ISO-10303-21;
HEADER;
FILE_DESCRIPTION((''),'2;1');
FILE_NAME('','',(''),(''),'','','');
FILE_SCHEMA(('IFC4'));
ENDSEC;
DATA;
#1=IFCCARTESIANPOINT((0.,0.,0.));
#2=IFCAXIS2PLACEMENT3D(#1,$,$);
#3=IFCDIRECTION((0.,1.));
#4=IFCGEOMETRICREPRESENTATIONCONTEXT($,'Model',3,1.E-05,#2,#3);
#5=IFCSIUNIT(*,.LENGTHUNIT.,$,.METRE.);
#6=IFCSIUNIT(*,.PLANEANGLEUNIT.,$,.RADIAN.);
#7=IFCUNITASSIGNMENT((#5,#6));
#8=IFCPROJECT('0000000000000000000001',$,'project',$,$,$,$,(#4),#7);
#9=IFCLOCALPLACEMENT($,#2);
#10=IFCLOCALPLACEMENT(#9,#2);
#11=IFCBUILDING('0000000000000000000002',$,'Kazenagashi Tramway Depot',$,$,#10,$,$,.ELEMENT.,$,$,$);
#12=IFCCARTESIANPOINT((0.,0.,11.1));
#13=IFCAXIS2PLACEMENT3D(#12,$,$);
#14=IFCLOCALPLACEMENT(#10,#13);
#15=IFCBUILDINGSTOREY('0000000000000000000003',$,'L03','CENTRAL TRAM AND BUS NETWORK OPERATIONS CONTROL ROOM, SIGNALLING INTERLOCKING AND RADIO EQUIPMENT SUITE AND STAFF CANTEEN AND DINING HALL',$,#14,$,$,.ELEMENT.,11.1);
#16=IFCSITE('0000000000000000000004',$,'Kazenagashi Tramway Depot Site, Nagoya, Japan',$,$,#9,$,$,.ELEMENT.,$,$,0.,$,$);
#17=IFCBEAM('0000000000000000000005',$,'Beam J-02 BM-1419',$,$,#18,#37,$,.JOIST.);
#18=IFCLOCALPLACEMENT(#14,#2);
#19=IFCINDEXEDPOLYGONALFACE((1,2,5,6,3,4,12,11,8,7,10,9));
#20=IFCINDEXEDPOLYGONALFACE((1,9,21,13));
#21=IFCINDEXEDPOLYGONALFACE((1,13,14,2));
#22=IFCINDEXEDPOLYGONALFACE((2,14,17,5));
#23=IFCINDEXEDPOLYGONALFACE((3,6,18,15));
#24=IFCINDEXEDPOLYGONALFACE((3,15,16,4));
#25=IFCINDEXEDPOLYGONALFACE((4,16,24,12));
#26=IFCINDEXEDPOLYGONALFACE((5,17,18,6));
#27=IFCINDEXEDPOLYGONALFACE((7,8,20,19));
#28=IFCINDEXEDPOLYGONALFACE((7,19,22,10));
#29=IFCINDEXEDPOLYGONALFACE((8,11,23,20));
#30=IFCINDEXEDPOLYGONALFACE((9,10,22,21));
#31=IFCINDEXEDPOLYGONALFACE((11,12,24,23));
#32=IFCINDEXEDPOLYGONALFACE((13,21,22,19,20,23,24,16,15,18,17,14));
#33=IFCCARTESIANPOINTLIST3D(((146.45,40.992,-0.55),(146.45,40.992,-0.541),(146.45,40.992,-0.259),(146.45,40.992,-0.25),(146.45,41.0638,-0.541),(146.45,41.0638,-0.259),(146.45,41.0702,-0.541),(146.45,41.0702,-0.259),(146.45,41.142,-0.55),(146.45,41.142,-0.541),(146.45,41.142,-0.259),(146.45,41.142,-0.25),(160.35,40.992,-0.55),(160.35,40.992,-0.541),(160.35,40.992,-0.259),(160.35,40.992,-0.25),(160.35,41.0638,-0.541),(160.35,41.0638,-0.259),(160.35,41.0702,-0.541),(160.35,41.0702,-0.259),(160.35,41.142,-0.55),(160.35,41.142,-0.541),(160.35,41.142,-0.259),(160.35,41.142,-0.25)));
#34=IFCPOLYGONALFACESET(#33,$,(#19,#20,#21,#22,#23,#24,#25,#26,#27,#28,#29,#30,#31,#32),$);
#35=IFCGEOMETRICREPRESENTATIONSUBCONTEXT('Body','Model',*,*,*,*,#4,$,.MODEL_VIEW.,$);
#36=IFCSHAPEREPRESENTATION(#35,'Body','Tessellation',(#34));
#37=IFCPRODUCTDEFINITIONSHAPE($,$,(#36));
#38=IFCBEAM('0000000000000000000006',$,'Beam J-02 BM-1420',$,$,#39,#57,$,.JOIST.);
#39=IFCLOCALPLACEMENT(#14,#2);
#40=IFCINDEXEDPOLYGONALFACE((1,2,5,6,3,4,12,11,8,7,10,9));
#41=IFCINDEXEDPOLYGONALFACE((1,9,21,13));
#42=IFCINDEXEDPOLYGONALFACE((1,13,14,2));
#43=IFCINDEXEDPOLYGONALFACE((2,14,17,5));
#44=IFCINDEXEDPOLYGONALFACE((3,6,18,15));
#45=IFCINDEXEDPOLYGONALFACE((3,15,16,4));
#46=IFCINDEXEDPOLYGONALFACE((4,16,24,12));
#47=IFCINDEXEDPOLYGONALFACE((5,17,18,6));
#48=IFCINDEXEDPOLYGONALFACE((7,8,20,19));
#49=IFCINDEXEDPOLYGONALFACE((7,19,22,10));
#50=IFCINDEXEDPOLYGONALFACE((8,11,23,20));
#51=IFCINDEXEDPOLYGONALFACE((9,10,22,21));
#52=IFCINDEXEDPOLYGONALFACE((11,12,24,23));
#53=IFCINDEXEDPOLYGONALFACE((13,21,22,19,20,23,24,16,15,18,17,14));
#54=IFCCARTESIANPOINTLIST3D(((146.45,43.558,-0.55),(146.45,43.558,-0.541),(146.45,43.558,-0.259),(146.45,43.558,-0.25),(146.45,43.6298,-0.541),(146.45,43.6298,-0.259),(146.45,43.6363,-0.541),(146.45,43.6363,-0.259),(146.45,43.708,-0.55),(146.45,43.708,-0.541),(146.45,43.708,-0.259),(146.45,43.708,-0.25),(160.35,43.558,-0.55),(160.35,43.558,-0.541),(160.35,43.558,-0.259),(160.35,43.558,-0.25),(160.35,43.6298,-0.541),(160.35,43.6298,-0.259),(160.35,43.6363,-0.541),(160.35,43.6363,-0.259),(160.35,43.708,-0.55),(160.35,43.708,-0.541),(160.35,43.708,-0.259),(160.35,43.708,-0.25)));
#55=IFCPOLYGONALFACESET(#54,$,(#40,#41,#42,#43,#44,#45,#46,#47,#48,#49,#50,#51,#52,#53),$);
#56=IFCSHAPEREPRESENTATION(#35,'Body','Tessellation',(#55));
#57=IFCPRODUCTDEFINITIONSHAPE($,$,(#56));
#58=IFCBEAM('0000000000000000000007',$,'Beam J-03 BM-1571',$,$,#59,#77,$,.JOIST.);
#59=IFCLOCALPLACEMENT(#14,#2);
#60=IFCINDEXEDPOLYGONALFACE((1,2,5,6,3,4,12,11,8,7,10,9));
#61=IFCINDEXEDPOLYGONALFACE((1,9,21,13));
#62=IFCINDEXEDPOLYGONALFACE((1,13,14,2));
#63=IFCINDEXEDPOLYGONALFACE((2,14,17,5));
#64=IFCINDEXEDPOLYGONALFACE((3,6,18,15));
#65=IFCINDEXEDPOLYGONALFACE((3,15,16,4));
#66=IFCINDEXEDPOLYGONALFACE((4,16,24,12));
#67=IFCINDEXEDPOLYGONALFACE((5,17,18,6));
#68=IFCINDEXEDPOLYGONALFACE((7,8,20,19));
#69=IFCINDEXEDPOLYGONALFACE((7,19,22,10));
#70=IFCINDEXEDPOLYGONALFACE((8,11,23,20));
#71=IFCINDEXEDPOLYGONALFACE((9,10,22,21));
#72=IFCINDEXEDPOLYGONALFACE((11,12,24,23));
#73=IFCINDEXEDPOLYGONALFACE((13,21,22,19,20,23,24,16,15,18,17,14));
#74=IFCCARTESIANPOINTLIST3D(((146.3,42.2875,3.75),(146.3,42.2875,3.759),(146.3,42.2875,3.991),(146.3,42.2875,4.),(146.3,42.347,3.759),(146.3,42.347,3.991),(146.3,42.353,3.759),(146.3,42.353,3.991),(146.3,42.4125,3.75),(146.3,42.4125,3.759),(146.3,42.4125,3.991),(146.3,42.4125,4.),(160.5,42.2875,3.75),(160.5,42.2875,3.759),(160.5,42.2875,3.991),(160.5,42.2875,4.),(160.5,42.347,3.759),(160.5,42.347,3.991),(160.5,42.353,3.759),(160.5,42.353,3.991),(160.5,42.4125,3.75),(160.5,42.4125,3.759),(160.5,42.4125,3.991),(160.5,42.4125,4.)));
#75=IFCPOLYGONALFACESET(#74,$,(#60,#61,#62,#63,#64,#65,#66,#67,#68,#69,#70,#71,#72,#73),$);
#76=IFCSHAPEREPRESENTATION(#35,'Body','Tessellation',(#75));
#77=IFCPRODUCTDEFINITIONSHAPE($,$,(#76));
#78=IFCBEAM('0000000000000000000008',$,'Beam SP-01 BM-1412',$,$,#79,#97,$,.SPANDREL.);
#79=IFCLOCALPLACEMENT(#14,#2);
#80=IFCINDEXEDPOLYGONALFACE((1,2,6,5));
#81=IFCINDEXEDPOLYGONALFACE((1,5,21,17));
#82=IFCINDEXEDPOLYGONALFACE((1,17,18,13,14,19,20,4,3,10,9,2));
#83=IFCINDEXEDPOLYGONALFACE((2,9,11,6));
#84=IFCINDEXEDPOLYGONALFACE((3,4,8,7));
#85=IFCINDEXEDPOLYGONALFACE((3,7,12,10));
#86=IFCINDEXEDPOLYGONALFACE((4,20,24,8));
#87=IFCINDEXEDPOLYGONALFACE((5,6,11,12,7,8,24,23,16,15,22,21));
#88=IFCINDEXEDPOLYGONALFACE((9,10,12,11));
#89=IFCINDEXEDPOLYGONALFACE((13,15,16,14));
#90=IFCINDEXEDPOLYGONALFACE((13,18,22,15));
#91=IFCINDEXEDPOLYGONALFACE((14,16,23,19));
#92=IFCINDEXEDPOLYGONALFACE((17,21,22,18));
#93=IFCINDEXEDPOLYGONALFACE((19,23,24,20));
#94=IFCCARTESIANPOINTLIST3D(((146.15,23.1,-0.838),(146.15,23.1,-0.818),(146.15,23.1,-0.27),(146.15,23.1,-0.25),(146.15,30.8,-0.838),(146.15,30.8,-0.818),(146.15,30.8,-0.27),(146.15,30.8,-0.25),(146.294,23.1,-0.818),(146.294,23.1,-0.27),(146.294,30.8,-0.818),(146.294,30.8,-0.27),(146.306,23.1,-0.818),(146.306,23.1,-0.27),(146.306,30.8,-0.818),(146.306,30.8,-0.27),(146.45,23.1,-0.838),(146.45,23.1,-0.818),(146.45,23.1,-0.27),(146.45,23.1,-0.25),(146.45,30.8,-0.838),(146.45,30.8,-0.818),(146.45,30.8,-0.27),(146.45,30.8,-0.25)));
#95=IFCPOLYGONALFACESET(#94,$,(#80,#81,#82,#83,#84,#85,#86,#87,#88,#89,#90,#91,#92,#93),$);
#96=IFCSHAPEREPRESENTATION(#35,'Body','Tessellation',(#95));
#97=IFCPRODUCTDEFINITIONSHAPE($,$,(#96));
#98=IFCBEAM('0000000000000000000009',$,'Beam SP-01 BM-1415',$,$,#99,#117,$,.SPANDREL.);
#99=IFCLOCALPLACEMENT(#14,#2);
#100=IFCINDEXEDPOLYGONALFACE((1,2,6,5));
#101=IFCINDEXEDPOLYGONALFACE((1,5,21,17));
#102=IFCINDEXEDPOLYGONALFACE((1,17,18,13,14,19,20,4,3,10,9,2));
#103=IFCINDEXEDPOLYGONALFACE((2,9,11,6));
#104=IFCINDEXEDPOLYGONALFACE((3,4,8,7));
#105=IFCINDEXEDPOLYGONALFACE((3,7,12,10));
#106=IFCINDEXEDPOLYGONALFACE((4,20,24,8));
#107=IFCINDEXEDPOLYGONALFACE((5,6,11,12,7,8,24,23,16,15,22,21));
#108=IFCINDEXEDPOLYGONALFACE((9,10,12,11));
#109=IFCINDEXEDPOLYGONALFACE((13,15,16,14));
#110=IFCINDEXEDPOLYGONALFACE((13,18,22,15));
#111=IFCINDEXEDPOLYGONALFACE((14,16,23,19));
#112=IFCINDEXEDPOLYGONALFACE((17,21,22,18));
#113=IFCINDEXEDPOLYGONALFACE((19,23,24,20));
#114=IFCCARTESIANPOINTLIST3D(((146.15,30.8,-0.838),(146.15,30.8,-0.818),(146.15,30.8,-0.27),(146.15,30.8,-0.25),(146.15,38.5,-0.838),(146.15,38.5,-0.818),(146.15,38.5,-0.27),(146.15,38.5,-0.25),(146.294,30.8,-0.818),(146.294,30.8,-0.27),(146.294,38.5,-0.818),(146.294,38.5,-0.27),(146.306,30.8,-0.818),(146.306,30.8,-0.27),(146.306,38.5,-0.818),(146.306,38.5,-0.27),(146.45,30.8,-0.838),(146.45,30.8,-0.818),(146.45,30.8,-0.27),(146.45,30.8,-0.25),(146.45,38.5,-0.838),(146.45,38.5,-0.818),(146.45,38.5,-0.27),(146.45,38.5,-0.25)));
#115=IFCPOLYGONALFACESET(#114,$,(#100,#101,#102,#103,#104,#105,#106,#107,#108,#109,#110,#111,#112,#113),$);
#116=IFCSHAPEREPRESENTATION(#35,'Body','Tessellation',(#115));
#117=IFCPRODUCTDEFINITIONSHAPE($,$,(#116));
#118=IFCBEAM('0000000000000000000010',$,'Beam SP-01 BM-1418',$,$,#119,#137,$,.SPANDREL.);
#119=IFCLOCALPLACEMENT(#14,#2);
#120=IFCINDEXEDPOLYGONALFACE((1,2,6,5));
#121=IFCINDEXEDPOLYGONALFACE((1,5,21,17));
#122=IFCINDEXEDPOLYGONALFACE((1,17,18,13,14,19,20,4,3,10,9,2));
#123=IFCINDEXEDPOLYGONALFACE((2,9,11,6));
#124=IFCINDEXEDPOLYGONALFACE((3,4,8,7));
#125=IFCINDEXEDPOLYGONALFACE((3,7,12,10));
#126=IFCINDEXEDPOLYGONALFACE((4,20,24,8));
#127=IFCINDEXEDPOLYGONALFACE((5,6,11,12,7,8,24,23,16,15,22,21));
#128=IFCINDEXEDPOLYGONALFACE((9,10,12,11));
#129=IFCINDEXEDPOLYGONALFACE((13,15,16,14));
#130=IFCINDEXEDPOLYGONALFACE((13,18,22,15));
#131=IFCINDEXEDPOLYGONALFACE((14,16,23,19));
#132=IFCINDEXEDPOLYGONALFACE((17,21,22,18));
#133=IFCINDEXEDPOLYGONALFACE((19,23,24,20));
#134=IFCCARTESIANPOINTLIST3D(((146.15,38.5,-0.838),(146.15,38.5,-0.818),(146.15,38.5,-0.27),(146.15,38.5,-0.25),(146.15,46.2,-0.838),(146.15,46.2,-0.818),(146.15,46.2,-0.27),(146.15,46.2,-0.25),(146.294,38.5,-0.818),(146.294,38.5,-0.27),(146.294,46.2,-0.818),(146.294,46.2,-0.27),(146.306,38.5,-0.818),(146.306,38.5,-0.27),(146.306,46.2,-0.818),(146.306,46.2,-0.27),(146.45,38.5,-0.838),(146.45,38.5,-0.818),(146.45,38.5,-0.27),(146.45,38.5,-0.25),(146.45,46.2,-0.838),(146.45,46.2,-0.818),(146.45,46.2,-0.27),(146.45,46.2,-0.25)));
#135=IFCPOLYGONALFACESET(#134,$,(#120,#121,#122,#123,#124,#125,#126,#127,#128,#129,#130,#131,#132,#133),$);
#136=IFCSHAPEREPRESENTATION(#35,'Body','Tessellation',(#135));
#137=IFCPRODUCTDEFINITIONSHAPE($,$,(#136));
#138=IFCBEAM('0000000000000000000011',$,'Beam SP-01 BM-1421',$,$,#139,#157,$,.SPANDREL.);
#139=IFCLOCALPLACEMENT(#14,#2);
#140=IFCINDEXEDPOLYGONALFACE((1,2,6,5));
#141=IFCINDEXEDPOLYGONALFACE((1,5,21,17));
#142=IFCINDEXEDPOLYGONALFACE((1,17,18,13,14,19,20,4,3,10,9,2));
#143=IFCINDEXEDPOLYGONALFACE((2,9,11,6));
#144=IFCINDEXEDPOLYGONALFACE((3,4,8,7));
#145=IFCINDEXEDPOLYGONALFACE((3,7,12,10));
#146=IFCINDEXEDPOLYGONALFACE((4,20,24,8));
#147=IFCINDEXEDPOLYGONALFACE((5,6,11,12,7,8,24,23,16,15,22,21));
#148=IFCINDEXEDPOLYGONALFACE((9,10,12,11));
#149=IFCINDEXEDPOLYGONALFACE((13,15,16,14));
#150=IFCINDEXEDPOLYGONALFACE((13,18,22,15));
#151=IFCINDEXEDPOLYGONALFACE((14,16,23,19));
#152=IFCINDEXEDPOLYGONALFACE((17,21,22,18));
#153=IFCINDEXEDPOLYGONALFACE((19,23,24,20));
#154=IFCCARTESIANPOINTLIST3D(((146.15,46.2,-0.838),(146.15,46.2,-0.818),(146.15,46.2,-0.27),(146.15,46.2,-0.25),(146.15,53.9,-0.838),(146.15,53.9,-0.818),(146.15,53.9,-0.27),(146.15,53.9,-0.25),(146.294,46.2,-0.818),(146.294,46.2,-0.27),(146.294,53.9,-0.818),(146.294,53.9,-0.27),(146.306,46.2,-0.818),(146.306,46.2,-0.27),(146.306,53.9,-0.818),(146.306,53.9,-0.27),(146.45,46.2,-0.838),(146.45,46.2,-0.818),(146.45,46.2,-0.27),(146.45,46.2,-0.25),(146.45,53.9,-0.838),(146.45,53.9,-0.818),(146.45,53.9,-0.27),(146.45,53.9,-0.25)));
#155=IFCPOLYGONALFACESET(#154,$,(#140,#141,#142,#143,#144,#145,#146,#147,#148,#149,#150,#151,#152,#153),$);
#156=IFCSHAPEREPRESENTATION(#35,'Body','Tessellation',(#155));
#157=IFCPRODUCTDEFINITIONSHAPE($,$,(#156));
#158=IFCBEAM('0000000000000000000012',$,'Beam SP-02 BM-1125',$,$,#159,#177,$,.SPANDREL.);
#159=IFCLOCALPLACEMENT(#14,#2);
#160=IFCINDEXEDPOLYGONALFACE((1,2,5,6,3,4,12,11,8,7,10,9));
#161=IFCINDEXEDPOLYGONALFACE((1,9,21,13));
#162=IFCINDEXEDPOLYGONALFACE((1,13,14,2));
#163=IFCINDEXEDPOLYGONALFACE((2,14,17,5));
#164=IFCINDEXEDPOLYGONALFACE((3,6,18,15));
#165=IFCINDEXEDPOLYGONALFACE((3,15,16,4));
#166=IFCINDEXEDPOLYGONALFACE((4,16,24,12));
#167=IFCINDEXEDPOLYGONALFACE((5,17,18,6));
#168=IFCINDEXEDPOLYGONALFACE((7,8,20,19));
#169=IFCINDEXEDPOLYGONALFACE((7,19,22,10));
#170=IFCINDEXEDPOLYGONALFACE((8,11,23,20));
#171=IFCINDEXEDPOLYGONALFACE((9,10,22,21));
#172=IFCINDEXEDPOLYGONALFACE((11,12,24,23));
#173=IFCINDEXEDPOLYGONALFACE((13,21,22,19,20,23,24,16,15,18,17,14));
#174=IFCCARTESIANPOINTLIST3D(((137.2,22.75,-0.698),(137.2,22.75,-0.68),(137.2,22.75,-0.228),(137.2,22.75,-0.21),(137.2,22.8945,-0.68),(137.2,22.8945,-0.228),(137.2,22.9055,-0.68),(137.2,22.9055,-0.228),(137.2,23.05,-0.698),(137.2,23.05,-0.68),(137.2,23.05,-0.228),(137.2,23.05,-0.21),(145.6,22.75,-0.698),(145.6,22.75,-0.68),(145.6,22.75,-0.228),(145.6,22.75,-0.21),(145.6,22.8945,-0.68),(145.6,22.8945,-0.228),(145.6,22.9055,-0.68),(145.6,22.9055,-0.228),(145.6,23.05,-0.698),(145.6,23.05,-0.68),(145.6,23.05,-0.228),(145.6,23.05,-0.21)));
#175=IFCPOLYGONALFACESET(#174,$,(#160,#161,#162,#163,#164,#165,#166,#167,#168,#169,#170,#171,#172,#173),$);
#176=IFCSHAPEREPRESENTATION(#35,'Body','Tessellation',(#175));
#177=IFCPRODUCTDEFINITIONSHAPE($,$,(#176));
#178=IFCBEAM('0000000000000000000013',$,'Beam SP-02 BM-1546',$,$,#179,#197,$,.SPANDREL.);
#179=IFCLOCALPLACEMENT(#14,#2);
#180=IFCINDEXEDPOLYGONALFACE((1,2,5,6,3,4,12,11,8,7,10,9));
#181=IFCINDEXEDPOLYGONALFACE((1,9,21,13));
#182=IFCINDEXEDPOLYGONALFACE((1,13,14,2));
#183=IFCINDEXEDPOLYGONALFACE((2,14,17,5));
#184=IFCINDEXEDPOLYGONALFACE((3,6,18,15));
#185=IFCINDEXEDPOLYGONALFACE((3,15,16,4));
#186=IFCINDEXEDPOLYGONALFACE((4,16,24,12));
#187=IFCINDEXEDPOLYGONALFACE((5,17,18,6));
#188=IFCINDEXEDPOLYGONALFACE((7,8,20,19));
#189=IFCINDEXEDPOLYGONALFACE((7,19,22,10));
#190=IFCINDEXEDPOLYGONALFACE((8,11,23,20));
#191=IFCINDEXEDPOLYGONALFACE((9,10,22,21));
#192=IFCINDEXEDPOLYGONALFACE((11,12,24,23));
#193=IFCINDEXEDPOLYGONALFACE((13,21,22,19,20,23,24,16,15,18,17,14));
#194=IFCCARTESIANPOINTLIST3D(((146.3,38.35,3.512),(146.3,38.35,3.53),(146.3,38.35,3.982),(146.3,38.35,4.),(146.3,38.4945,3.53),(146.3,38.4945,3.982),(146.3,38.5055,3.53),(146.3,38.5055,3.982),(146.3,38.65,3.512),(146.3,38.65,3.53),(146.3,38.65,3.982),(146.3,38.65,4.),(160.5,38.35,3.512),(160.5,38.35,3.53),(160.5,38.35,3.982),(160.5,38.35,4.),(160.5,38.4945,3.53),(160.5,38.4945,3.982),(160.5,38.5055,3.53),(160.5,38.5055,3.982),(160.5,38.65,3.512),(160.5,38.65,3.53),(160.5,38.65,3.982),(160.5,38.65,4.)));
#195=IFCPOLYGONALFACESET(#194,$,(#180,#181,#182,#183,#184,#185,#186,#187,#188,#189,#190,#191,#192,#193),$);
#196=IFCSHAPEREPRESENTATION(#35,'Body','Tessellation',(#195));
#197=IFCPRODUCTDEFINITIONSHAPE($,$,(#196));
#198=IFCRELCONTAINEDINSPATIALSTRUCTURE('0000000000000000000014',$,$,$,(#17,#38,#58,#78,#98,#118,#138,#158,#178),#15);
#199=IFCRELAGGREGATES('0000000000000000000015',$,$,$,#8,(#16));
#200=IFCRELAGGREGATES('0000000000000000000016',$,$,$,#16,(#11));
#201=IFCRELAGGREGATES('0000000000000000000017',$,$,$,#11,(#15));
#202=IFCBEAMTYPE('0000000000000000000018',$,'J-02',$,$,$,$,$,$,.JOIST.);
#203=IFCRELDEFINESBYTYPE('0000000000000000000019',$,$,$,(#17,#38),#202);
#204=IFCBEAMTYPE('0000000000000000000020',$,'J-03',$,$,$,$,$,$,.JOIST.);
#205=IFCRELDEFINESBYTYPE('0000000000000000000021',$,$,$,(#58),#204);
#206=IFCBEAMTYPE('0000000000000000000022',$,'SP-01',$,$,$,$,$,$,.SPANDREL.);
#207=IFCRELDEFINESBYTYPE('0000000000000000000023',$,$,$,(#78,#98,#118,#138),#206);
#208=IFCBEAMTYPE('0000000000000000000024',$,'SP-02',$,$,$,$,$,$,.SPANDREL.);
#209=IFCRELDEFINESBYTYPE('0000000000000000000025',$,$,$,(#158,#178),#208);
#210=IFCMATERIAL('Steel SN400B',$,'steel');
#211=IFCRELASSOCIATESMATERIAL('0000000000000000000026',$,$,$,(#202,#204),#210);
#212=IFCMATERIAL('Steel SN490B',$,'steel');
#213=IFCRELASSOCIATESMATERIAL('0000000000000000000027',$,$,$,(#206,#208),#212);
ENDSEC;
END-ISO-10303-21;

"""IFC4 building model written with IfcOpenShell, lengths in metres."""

from ifc_helpers import new_model, si_unit, direction, frame, origin, origin_2d, place, context, subcontext, project, spatial, i_section, extrude, material, material_profile, profile_set, type_object, element, save


model = new_model("IFC4")

# Units and contexts
model_context = context("Model", 3, precision=1e-05, world=origin(), true_north=direction((0.0, 1.0)))
body_context = subcontext(model_context, "Body", "Model", "MODEL_VIEW")
ifc_project = project(units=[si_unit("LENGTHUNIT", "METRE"), si_unit("PLANEANGLEUNIT", "RADIAN")], contexts=[model_context])

# Site, building, storey
site_placement = place(None, origin())
site = spatial("IfcSite", under=ifc_project, at=site_placement, Name="Kazenagashi Tramway Depot Site, Nagoya, Japan", CompositionType="ELEMENT", RefElevation=0.0)
building_placement = place(site_placement, origin())
building = spatial("IfcBuilding", under=site, at=building_placement, Name="Kazenagashi Tramway Depot", CompositionType="ELEMENT")
storey_placement = place(building_placement, frame((0.0, 0.0, 11.1)))
storey = spatial("IfcBuildingStorey", under=building, at=storey_placement, Name="L03", Description="CENTRAL TRAM AND BUS NETWORK OPERATIONS CONTROL ROOM, SIGNALLING INTERLOCKING AND RADIO EQUIPMENT SUITE AND STAFF CANTEEN AND DINING HALL", CompositionType="ELEMENT", Elevation=11.1)

# Shared definitions
ifc_material_1 = material(Name="Steel SN490B", Category="steel")

# Beams
ifc_material_2 = material(Name="Steel SN400B", Category="steel")
ifc_material_profile_1 = material_profile(ifc_material_2, i_section(OverallWidth=0.15, OverallDepth=0.3, WebThickness=0.0065, FlangeThickness=0.009, at=origin_2d()), Name="H-300x150x6.5x9")
ifc_profile_set_1 = profile_set([ifc_material_profile_1], Name="Steel SN400B")
beam_type_1 = type_object("IfcBeamType", Name="J-02", PredefinedType="JOIST", material=ifc_profile_set_1)
for number, where, z_axis, x_axis, name in (
    (1, (146.45, 41.067, -0.4), (1.0, 0.0, 0.0), (0.0, 1.0, 0.0), "Beam J-02 BM-1419"),
    (2, (146.45, 43.633, -0.4), (1.0, 0.0, 0.0), (0.0, 1.0, 0.0), "Beam J-02 BM-1420"),
):
    element("IfcBeam", number, at=place(storey_placement, frame(where, z_axis=z_axis, x_axis=x_axis)), inside=storey, type_object=beam_type_1, Name=name, PredefinedType="JOIST", context=body_context, shape_type="SweptSolid", body=[
        extrude(i_section(OverallWidth=0.15, OverallDepth=0.3, WebThickness=0.0065, FlangeThickness=0.009, at=origin_2d()), origin(), (0.0, 0.0, 1.0), 13.9),
    ])
ifc_material_profile_2 = material_profile(ifc_material_2, i_section(OverallWidth=0.125, OverallDepth=0.25, WebThickness=0.006, FlangeThickness=0.009, at=origin_2d()), Name="H-250x125x6x9")
ifc_profile_set_2 = profile_set([ifc_material_profile_2], Name="Steel SN400B")
beam_type_2 = type_object("IfcBeamType", Name="J-03", PredefinedType="JOIST", material=ifc_profile_set_2)
beam_1_placement = place(storey_placement, frame((146.3, 42.35, 3.875), z_axis=(1.0, 0.0, 0.0), x_axis=(0.0, 1.0, 0.0)))
element("IfcBeam", 3, at=beam_1_placement, inside=storey, type_object=beam_type_2, Name="Beam J-03 BM-1571", PredefinedType="JOIST", context=body_context, shape_type="SweptSolid", body=[
    extrude(i_section(OverallWidth=0.125, OverallDepth=0.25, WebThickness=0.006, FlangeThickness=0.009, at=origin_2d()), origin(), (0.0, 0.0, 1.0), 14.2),
])
ifc_material_profile_3 = material_profile(ifc_material_1, i_section(OverallWidth=0.3, OverallDepth=0.588, WebThickness=0.012, FlangeThickness=0.02, at=origin_2d()), Name="H-588x300x12x20")
ifc_profile_set_3 = profile_set([ifc_material_profile_3], Name="Steel SN490B")
beam_type_3 = type_object("IfcBeamType", Name="SP-01", PredefinedType="SPANDREL", material=ifc_profile_set_3)
for number, where, z_axis, x_axis, name in (
    (4, (146.3, 23.1, -0.544), (0.0, 1.0, 0.0), (-1.0, 0.0, 0.0), "Beam SP-01 BM-1412"),
    (5, (146.3, 30.8, -0.544), (0.0, 1.0, 0.0), (-1.0, 0.0, 0.0), "Beam SP-01 BM-1415"),
    (6, (146.3, 38.5, -0.544), (0.0, 1.0, 0.0), (-1.0, 0.0, 0.0), "Beam SP-01 BM-1418"),
    (7, (146.3, 46.2, -0.544), (0.0, 1.0, 0.0), (-1.0, 0.0, 0.0), "Beam SP-01 BM-1421"),
):
    element("IfcBeam", number, at=place(storey_placement, frame(where, z_axis=z_axis, x_axis=x_axis)), inside=storey, type_object=beam_type_3, Name=name, PredefinedType="SPANDREL", context=body_context, shape_type="SweptSolid", body=[
        extrude(i_section(OverallWidth=0.3, OverallDepth=0.588, WebThickness=0.012, FlangeThickness=0.02, at=origin_2d()), origin(), (0.0, 0.0, 1.0), 7.7),
    ])
ifc_material_profile_4 = material_profile(ifc_material_1, i_section(OverallWidth=0.3, OverallDepth=0.488, WebThickness=0.011, FlangeThickness=0.018, at=origin_2d()), Name="H-488x300x11x18")
ifc_profile_set_4 = profile_set([ifc_material_profile_4], Name="Steel SN490B")
beam_type_4 = type_object("IfcBeamType", Name="SP-02", PredefinedType="SPANDREL", material=ifc_profile_set_4)
beam_2_placement = place(storey_placement, frame((137.2, 22.9, -0.454), z_axis=(1.0, 0.0, 0.0), x_axis=(0.0, 1.0, 0.0)))
element("IfcBeam", 8, at=beam_2_placement, inside=storey, type_object=beam_type_4, Name="Beam SP-02 BM-1125", PredefinedType="SPANDREL", context=body_context, shape_type="SweptSolid", body=[
    extrude(i_section(OverallWidth=0.3, OverallDepth=0.488, WebThickness=0.011, FlangeThickness=0.018, at=origin_2d()), origin(), (0.0, 0.0, 1.0), 8.4),
])
beam_3_placement = place(storey_placement, frame((146.3, 38.5, 3.756), z_axis=(1.0, 0.0, 0.0), x_axis=(0.0, 1.0, 0.0)))
element("IfcBeam", 9, at=beam_3_placement, inside=storey, type_object=beam_type_4, Name="Beam SP-02 BM-1546", PredefinedType="SPANDREL", context=body_context, shape_type="SweptSolid", body=[
    extrude(i_section(OverallWidth=0.3, OverallDepth=0.488, WebThickness=0.011, FlangeThickness=0.018, at=origin_2d()), origin(), (0.0, 0.0, 1.0), 14.2),
])

save(model, "model.ifc")
